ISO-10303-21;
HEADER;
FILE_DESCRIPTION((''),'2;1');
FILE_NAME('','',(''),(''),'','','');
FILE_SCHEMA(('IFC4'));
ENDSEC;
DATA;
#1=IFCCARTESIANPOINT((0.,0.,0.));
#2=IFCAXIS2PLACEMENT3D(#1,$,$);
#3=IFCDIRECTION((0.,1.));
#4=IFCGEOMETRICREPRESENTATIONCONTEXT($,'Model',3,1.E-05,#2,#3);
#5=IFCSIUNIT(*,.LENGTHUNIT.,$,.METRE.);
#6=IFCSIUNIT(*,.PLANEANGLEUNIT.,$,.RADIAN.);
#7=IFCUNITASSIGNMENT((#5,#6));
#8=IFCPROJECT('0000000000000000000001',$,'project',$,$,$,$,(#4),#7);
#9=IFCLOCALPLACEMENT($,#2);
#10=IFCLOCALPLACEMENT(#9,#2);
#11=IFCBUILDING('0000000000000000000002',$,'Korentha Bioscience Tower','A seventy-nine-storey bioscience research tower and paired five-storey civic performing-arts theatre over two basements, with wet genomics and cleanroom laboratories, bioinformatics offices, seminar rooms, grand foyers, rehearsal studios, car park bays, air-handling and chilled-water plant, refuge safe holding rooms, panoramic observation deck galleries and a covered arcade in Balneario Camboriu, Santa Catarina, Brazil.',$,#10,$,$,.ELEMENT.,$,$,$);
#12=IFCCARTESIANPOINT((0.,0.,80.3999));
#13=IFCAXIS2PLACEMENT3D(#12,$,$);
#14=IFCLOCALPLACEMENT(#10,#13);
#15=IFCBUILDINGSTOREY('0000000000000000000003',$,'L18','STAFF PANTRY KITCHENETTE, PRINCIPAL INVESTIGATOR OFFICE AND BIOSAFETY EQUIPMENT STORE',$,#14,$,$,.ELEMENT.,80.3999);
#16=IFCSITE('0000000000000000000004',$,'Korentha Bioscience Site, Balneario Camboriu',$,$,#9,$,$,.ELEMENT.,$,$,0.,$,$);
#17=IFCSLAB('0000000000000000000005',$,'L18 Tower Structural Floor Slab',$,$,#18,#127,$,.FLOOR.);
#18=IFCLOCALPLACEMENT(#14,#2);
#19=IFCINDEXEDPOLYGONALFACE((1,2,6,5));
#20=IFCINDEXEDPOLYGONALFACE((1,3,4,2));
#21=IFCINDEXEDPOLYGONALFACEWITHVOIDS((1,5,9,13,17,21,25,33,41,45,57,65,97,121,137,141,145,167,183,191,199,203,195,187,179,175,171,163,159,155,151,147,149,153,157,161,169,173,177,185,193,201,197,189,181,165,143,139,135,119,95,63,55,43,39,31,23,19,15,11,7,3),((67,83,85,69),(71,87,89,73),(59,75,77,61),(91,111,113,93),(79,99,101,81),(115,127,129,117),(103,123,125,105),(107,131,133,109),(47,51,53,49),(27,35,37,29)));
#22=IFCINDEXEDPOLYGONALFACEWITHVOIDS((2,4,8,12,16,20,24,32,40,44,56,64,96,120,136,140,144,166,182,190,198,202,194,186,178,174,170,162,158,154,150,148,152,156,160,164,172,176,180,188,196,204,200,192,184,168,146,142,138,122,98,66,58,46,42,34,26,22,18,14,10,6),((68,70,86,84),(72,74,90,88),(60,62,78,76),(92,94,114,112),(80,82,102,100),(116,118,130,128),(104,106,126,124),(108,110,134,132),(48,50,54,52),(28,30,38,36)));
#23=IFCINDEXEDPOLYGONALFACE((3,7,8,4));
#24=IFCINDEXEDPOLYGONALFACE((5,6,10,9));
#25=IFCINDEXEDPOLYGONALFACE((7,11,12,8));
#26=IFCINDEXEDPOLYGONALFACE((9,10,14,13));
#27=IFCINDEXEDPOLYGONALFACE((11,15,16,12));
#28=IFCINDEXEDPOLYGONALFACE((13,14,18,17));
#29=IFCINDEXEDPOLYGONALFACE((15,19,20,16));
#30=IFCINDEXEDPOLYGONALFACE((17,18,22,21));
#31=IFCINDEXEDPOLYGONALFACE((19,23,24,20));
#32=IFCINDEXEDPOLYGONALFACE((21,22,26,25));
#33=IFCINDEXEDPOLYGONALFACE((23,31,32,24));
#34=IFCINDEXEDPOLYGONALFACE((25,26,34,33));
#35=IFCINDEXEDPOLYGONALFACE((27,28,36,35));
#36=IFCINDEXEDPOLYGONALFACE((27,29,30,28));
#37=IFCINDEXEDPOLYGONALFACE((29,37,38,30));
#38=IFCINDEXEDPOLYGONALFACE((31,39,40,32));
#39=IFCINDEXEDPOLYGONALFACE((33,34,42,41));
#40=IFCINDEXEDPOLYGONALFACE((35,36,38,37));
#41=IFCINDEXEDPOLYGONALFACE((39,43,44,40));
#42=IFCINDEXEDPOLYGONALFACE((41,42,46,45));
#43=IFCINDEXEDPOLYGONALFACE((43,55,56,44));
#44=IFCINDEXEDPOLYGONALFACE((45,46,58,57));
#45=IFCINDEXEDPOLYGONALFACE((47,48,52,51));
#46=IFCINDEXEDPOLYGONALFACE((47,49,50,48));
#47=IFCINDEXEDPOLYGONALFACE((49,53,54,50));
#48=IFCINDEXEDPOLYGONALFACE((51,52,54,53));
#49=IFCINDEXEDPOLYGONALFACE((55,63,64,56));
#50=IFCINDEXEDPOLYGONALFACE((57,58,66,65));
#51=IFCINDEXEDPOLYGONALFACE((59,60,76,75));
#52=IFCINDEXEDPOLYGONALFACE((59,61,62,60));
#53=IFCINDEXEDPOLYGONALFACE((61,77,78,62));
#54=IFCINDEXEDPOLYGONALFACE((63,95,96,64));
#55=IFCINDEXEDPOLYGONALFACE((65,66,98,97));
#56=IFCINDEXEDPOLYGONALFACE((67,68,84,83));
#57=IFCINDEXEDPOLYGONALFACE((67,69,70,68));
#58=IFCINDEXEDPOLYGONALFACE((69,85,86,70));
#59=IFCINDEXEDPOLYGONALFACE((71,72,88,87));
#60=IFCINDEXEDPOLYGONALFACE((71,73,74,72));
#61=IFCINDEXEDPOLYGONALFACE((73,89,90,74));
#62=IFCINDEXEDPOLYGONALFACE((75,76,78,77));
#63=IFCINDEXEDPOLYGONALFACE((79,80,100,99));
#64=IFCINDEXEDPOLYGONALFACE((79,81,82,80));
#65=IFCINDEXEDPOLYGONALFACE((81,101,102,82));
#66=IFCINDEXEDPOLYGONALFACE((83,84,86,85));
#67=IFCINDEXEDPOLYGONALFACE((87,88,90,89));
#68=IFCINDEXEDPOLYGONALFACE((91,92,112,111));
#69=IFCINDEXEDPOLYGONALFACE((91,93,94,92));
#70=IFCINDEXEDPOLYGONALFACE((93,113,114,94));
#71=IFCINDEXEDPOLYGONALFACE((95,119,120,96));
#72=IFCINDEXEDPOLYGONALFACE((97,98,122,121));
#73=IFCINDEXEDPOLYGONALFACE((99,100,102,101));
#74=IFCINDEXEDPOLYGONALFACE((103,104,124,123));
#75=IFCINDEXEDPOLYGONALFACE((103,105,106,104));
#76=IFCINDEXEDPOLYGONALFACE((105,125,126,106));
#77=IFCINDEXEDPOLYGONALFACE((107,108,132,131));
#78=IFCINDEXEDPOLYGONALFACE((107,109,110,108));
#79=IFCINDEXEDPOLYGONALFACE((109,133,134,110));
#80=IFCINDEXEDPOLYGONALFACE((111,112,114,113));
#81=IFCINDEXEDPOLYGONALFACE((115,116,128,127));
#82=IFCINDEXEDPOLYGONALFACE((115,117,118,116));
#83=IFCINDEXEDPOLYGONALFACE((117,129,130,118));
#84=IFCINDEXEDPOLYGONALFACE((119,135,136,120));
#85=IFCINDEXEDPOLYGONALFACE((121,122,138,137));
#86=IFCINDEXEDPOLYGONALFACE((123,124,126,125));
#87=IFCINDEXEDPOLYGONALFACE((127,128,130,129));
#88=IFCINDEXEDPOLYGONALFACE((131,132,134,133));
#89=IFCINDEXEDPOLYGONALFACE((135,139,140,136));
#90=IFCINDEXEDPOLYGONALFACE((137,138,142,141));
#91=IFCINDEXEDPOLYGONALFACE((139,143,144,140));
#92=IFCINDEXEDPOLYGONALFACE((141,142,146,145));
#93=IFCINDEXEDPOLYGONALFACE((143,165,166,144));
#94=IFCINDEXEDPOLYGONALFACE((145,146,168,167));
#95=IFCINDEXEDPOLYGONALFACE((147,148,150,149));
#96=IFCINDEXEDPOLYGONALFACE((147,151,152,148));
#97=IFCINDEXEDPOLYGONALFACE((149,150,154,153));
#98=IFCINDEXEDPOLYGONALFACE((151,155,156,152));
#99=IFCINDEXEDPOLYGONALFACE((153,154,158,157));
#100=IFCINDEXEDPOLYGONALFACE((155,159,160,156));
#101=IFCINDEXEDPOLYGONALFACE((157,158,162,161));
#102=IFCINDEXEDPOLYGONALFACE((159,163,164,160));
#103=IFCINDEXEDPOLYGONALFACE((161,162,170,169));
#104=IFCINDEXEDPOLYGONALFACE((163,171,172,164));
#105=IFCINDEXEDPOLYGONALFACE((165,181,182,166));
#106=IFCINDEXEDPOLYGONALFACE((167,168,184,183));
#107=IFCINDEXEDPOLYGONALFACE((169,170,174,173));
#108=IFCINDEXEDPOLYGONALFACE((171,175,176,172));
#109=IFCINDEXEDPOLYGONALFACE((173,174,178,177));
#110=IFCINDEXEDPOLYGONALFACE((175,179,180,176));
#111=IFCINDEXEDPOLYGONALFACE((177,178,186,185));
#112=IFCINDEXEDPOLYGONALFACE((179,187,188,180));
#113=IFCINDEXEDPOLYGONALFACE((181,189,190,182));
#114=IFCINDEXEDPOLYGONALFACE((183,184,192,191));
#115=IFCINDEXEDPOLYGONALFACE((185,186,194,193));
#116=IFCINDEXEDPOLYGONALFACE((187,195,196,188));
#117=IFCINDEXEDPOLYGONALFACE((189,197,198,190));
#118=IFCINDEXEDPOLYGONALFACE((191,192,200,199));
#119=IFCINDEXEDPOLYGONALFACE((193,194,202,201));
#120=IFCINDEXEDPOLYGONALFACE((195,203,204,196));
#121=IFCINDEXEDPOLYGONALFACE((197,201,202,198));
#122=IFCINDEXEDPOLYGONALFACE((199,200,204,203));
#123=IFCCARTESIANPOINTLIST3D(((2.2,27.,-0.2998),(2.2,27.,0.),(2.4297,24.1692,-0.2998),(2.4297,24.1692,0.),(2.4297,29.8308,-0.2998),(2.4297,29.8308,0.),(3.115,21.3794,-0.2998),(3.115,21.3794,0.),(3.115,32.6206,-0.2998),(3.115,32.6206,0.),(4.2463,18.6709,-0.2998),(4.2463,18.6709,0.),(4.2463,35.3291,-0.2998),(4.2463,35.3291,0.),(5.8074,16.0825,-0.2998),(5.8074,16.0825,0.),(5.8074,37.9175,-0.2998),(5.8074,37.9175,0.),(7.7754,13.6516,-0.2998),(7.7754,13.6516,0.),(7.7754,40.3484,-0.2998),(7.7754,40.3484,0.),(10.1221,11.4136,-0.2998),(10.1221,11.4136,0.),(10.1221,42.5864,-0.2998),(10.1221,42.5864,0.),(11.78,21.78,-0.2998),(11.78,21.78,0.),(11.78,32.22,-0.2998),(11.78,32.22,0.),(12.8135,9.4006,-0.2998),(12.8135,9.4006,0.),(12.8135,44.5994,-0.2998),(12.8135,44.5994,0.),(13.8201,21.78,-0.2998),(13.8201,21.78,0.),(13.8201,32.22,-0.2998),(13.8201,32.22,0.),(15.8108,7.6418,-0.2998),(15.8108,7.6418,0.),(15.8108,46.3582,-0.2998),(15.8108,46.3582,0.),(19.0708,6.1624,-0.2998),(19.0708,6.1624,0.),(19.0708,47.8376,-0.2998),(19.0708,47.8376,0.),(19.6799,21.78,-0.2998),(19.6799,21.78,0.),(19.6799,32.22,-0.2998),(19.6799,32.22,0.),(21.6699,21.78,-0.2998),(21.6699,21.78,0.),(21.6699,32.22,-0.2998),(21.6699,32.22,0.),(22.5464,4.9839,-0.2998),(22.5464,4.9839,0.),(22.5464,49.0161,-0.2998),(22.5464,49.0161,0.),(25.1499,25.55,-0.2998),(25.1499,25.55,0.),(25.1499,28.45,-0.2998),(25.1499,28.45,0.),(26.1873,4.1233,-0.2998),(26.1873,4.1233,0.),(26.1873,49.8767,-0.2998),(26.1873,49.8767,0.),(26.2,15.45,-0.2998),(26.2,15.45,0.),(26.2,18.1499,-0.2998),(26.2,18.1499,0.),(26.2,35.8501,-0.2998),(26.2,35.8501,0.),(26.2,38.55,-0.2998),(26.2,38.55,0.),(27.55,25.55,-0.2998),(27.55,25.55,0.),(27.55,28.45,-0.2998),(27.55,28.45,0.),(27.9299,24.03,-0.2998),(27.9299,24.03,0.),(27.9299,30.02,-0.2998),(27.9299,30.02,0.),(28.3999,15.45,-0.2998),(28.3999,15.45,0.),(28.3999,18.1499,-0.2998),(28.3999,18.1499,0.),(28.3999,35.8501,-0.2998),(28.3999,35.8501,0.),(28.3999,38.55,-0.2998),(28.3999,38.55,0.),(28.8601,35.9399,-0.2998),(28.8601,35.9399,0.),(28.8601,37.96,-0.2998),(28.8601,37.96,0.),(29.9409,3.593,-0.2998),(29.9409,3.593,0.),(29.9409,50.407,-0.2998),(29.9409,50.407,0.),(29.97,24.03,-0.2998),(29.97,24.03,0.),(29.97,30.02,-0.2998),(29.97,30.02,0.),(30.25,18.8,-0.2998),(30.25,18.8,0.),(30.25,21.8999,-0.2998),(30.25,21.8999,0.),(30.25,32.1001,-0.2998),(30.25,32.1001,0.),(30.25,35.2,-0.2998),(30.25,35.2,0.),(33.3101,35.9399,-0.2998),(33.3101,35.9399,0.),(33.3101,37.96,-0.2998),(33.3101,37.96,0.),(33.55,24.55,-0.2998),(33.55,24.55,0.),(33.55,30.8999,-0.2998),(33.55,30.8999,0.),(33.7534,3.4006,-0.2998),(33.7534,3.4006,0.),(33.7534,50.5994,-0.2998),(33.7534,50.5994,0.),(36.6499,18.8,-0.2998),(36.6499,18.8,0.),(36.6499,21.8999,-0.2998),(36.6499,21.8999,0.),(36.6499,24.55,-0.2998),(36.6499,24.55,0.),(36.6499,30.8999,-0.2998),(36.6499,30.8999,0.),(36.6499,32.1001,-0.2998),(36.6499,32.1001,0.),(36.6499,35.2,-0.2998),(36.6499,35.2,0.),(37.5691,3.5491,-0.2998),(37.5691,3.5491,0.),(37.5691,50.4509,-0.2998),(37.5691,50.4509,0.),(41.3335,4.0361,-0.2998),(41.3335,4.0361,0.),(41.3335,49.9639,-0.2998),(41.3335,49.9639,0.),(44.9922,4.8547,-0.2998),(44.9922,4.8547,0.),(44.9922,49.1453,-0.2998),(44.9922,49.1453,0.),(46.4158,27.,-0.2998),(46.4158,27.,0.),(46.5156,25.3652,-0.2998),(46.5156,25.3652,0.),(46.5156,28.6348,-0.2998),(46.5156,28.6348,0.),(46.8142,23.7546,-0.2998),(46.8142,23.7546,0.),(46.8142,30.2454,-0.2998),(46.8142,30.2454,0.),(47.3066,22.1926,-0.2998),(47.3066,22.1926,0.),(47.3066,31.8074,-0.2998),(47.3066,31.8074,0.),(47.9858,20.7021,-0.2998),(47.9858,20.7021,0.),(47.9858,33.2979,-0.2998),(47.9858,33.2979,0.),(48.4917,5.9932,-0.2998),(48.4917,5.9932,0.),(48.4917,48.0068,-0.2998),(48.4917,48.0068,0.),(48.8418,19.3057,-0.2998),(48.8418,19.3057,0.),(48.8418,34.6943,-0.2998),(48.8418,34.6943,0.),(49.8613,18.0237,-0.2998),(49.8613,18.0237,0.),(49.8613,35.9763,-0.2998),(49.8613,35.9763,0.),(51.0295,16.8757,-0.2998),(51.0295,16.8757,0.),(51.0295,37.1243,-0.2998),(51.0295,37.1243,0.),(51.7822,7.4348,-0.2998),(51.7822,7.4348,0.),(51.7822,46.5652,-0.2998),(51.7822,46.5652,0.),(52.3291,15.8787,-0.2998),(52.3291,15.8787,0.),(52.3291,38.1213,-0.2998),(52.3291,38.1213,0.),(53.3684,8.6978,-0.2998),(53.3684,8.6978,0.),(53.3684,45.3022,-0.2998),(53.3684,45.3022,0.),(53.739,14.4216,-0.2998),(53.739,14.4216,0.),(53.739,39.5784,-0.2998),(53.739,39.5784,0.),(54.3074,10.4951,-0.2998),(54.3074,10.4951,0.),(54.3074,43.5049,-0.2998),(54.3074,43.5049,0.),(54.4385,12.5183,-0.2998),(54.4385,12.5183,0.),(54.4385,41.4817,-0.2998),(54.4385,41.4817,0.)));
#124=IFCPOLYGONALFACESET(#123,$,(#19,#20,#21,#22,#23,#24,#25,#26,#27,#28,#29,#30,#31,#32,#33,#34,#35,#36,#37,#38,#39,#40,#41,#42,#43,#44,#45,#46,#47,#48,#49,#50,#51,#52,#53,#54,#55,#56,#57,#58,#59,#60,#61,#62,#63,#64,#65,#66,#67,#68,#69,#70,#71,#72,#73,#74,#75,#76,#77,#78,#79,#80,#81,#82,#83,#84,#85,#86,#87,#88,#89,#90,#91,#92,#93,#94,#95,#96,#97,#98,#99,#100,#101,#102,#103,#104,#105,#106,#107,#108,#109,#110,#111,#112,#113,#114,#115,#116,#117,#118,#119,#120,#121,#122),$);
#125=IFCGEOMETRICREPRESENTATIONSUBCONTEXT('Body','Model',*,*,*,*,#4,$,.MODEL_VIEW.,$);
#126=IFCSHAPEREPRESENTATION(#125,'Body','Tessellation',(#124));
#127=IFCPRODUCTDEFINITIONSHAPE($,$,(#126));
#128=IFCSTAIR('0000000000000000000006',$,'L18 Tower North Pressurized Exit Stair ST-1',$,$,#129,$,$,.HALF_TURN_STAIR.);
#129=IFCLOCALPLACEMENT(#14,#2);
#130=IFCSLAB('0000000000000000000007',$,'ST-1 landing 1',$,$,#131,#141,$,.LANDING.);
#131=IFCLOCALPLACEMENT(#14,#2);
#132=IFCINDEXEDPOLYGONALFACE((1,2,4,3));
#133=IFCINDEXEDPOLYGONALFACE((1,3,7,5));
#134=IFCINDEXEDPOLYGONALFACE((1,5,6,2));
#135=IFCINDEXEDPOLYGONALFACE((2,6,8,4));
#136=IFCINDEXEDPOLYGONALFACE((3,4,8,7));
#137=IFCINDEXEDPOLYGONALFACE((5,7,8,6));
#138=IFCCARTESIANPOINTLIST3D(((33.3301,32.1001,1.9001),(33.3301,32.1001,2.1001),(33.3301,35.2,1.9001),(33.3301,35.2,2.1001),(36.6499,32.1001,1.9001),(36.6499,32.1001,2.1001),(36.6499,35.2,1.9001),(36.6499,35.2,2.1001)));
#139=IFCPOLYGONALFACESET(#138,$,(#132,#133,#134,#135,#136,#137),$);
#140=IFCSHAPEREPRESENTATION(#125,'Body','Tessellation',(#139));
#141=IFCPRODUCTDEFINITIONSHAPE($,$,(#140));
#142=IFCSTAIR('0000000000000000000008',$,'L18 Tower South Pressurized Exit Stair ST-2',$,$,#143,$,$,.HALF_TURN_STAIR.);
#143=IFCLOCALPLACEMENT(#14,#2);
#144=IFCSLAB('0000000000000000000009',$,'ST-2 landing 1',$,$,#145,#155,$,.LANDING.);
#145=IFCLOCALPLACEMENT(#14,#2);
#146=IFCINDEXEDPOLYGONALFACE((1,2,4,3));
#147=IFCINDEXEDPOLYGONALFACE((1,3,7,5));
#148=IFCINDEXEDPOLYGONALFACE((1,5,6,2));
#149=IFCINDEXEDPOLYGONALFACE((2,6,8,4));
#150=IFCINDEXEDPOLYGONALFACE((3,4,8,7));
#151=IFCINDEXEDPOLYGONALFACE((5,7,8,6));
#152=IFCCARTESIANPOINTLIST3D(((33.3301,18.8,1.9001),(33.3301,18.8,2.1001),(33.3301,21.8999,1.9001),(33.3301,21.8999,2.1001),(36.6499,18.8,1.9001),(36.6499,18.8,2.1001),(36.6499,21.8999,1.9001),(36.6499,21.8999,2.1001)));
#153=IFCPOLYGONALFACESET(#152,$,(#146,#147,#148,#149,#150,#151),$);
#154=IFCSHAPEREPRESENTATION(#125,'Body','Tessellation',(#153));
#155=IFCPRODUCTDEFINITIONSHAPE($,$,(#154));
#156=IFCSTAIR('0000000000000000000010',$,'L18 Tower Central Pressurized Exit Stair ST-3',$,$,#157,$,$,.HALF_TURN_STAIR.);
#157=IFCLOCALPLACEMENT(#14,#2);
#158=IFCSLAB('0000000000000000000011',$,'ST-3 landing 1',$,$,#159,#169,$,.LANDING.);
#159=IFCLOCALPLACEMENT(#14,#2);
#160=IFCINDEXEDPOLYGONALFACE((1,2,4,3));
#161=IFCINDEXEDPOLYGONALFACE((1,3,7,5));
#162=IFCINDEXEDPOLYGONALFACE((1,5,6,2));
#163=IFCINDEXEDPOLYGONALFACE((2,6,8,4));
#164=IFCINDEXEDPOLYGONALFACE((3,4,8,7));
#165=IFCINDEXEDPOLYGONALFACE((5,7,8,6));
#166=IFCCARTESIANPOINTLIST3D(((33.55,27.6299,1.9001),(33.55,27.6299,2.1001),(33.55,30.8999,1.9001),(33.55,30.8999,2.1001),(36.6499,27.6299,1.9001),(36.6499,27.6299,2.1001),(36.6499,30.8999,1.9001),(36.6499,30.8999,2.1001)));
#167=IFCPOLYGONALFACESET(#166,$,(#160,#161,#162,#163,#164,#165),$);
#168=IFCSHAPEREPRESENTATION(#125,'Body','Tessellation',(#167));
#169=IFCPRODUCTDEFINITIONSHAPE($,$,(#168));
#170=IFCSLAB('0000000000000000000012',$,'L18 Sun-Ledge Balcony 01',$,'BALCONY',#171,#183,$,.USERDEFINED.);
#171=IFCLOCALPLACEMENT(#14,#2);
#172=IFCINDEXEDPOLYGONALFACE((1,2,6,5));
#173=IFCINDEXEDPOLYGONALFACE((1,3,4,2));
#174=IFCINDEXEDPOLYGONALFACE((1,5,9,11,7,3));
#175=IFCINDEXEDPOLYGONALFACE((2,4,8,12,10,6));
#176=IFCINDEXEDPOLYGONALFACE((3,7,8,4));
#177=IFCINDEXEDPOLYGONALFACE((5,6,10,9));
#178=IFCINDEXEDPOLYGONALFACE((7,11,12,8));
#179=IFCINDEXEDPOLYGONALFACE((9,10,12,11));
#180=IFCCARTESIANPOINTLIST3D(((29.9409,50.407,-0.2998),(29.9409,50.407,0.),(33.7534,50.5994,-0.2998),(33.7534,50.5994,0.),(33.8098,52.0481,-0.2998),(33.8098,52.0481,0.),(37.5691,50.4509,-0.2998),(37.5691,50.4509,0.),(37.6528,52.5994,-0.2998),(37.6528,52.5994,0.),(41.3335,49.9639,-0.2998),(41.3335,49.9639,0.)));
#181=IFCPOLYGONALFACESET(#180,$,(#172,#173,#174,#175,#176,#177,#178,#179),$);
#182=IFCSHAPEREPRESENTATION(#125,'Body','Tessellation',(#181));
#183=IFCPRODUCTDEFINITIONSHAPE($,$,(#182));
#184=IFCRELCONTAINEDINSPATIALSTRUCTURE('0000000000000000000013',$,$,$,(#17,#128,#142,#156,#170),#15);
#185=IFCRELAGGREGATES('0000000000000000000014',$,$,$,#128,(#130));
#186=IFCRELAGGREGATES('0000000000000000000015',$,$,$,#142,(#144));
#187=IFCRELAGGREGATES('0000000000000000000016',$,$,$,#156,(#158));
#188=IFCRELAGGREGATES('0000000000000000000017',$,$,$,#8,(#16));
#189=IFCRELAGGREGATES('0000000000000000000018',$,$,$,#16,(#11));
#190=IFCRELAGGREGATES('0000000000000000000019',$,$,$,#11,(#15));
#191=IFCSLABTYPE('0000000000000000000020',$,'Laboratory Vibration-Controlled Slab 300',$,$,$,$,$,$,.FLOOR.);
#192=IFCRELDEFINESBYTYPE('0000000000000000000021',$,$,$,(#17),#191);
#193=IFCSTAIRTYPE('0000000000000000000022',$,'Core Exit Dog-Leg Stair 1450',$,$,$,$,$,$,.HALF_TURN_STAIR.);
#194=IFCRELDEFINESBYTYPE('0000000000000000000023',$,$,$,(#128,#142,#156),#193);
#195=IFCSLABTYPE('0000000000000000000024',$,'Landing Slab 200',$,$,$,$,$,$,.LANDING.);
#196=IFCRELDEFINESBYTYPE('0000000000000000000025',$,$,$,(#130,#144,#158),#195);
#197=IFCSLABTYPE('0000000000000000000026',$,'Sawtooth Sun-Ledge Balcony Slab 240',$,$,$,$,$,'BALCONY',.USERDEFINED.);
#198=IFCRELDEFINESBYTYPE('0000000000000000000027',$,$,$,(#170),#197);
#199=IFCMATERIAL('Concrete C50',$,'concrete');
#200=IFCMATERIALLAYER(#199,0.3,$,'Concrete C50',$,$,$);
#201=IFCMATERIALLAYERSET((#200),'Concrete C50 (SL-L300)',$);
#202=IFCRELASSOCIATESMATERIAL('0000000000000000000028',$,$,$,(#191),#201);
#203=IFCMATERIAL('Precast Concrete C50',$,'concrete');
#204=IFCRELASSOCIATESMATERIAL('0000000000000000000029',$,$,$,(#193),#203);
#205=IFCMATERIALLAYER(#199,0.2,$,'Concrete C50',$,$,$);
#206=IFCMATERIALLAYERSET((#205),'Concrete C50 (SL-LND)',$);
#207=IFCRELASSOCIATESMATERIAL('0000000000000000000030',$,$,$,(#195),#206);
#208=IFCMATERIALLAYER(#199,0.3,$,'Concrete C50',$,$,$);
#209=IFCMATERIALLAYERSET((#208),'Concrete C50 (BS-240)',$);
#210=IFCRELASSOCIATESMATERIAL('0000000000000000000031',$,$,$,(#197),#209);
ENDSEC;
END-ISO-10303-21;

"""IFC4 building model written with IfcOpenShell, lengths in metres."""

from ifc_helpers import new_model, si_unit, direction, frame, origin, place, context, subcontext, project, spatial, polyline, outline, extrude, material, layer, layer_set, type_object, element, aggregate, save


model = new_model("IFC4")

# Units and contexts
model_context = context("Model", 3, precision=1e-05, world=origin(), true_north=direction((0.0, 1.0)))
body_context = subcontext(model_context, "Body", "Model", "MODEL_VIEW")
ifc_project = project(units=[si_unit("LENGTHUNIT", "METRE"), si_unit("PLANEANGLEUNIT", "RADIAN")], contexts=[model_context])

# Site, building, storey
site_placement = place(None, origin())
site = spatial("IfcSite", under=ifc_project, at=site_placement, Name="Korentha Bioscience Site, Balneario Camboriu", CompositionType="ELEMENT", RefElevation=0.0)
building_placement = place(site_placement, origin())
building = spatial("IfcBuilding", under=site, at=building_placement, Name="Korentha Bioscience Tower", Description="A seventy-nine-storey bioscience research tower and paired five-storey civic performing-arts theatre over two basements, with wet genomics and cleanroom laboratories, bioinformatics offices, seminar rooms, grand foyers, rehearsal studios, car park bays, air-handling and chilled-water plant, refuge safe holding rooms, panoramic observation deck galleries and a covered arcade in Balneario Camboriu, Santa Catarina, Brazil.", CompositionType="ELEMENT")
storey_placement = place(building_placement, frame((0.0, 0.0, 80.3999)))
storey = spatial("IfcBuildingStorey", under=building, at=storey_placement, Name="L18", Description="STAFF PANTRY KITCHENETTE, PRINCIPAL INVESTIGATOR OFFICE AND BIOSAFETY EQUIPMENT STORE", CompositionType="ELEMENT", Elevation=80.3999)

# Slab
ifc_material_1 = material(Name="Concrete C50", Category="concrete")
ifc_layer_1 = layer(ifc_material_1, 0.3, Name="Concrete C50")
ifc_layer_set_1 = layer_set([ifc_layer_1], Name="Concrete C50 (SL-L300)")
slab_type_1 = type_object("IfcSlabType", Name="Laboratory Vibration-Controlled Slab 300", PredefinedType="FLOOR", material=ifc_layer_set_1)
slab_1_placement = place(storey_placement, frame((0.0, 0.0, -0.2998)))
element("IfcSlab", 1, at=slab_1_placement, inside=storey, type_object=slab_type_1, Name="L18 Tower Structural Floor Slab", PredefinedType="FLOOR", context=body_context, shape_type="SweptSolid", body=[
    extrude(outline(polyline([(51.7822, 46.5652), (48.4917, 48.0068), (44.9922, 49.1453), (41.3335, 49.9639), (37.5691, 50.4509), (33.7534, 50.5994), (29.9409, 50.407), (26.1873, 49.8767), (22.5464, 49.0161), (19.0708, 47.8376), (15.8108, 46.3582), (12.8135, 44.5994), (10.1221, 42.5864), (7.7754, 40.3484), (5.8074, 37.9175), (4.2463, 35.3291), (3.115, 32.6206), (2.4297, 29.8308), (2.2, 27.0), (2.4297, 24.1692), (3.115, 21.3794), (4.2463, 18.6709), (5.8074, 16.0825), (7.7754, 13.6516), (10.1221, 11.4136), (12.8135, 9.4006), (15.8108, 7.6418), (19.0708, 6.1624), (22.5464, 4.9839), (26.1873, 4.1233), (29.9409, 3.593), (33.7534, 3.4006), (37.5691, 3.5491), (41.3335, 4.0361), (44.9922, 4.8547), (48.4917, 5.9932), (51.7822, 7.4348), (53.3684, 8.6978), (54.3074, 10.4951), (54.4385, 12.5183), (53.739, 14.4216), (52.3291, 15.8787), (51.0295, 16.8757), (49.8613, 18.0237), (48.8418, 19.3057), (47.9858, 20.7021), (47.3066, 22.1926), (46.8142, 23.7546), (46.5156, 25.3652), (46.4158, 27.0), (46.5156, 28.6348), (46.8142, 30.2454), (47.3066, 31.8074), (47.9858, 33.2979), (48.8418, 34.6943), (49.8613, 35.9763), (51.0295, 37.1243), (52.3291, 38.1213), (53.739, 39.5784), (54.4385, 41.4817), (54.3074, 43.5049), (53.3684, 45.3022), (51.7822, 46.5652)]), holes=[polyline([(30.25, 32.1001), (36.6499, 32.1001), (36.6499, 35.2), (30.25, 35.2), (30.25, 32.1001)]), polyline([(30.25, 18.8), (36.6499, 18.8), (36.6499, 21.8999), (30.25, 21.8999), (30.25, 18.8)]), polyline([(36.6499, 24.55), (36.6499, 30.8999), (33.55, 30.8999), (33.55, 24.55), (36.6499, 24.55)]), polyline([(11.78, 21.78), (13.8201, 21.78), (13.8201, 32.22), (11.78, 32.22), (11.78, 21.78)]), polyline([(19.6799, 21.78), (21.6699, 21.78), (21.6699, 32.22), (19.6799, 32.22), (19.6799, 21.78)]), polyline([(27.9299, 24.03), (29.97, 24.03), (29.97, 30.02), (27.9299, 30.02), (27.9299, 24.03)]), polyline([(28.8601, 35.9399), (33.3101, 35.9399), (33.3101, 37.96), (28.8601, 37.96), (28.8601, 35.9399)]), polyline([(26.2, 15.45), (28.3999, 15.45), (28.3999, 18.1499), (26.2, 18.1499), (26.2, 15.45)]), polyline([(26.2, 35.8501), (28.3999, 35.8501), (28.3999, 38.55), (26.2, 38.55), (26.2, 35.8501)]), polyline([(25.1499, 25.55), (27.55, 25.55), (27.55, 28.45), (25.1499, 28.45), (25.1499, 25.55)])]), origin(), (0.0, 0.0, 1.0), 0.2998),
])

# Stairs, slabs
ifc_material_2 = material(Name="Precast Concrete C50", Category="concrete")
stair_type = type_object("IfcStairType", Name="Core Exit Dog-Leg Stair 1450", PredefinedType="HALF_TURN_STAIR", material=ifc_material_2)
stair_1_placement = place(storey_placement, origin())
stair_1 = element("IfcStair", 2, at=stair_1_placement, inside=storey, type_object=stair_type, Name="L18 Tower North Pressurized Exit Stair ST-1", PredefinedType="HALF_TURN_STAIR")
ifc_layer_2 = layer(ifc_material_1, 0.2, Name="Concrete C50")
ifc_layer_set_2 = layer_set([ifc_layer_2], Name="Concrete C50 (SL-LND)")
slab_type_2 = type_object("IfcSlabType", Name="Landing Slab 200", PredefinedType="LANDING", material=ifc_layer_set_2)
slab_2_placement = place(storey_placement, frame((0.0, 0.0, 1.9001)))
slab_2 = element("IfcSlab", 3, at=slab_2_placement, type_object=slab_type_2, Name="ST-1 landing 1", PredefinedType="LANDING", context=body_context, shape_type="SweptSolid", body=[
    extrude(outline(polyline([(33.3301, 32.1001), (36.6499, 32.1001), (36.6499, 35.2), (33.3301, 35.2), (33.3301, 32.1001)])), origin(), (0.0, 0.0, 1.0), 0.2),
])
aggregate(stair_1, [slab_2])
stair_2_placement = place(storey_placement, origin())
stair_2 = element("IfcStair", 4, at=stair_2_placement, inside=storey, type_object=stair_type, Name="L18 Tower South Pressurized Exit Stair ST-2", PredefinedType="HALF_TURN_STAIR")
slab_3_placement = place(storey_placement, frame((0.0, 0.0, 1.9001)))
slab_3 = element("IfcSlab", 5, at=slab_3_placement, type_object=slab_type_2, Name="ST-2 landing 1", PredefinedType="LANDING", context=body_context, shape_type="SweptSolid", body=[
    extrude(outline(polyline([(33.3301, 18.8), (36.6499, 18.8), (36.6499, 21.8999), (33.3301, 21.8999), (33.3301, 18.8)])), origin(), (0.0, 0.0, 1.0), 0.2),
])
aggregate(stair_2, [slab_3])
stair_3_placement = place(storey_placement, origin())
stair_3 = element("IfcStair", 6, at=stair_3_placement, inside=storey, type_object=stair_type, Name="L18 Tower Central Pressurized Exit Stair ST-3", PredefinedType="HALF_TURN_STAIR")
slab_4_placement = place(storey_placement, frame((0.0, 0.0, 1.9001)))
slab_4 = element("IfcSlab", 7, at=slab_4_placement, type_object=slab_type_2, Name="ST-3 landing 1", PredefinedType="LANDING", context=body_context, shape_type="SweptSolid", body=[
    extrude(outline(polyline([(36.6499, 27.6299), (36.6499, 30.8999), (33.55, 30.8999), (33.55, 27.6299), (36.6499, 27.6299)])), origin(), (0.0, 0.0, 1.0), 0.2),
])
aggregate(stair_3, [slab_4])

# Slab
ifc_layer_3 = layer(ifc_material_1, 0.3, Name="Concrete C50")
ifc_layer_set_3 = layer_set([ifc_layer_3], Name="Concrete C50 (BS-240)")
slab_type_3 = type_object("IfcSlabType", Name="Sawtooth Sun-Ledge Balcony Slab 240", ElementType="BALCONY", PredefinedType="USERDEFINED", material=ifc_layer_set_3)
slab_5_placement = place(storey_placement, frame((0.0, 0.0, -0.2998)))
element("IfcSlab", 8, at=slab_5_placement, inside=storey, type_object=slab_type_3, Name="L18 Sun-Ledge Balcony 01", ObjectType="BALCONY", PredefinedType="USERDEFINED", context=body_context, shape_type="SweptSolid", body=[
    extrude(outline(polyline([(29.9409, 50.407), (33.7534, 50.5994), (37.5691, 50.4509), (41.3335, 49.9639), (37.6528, 52.5994), (33.8098, 52.0481), (29.9409, 50.407)])), origin(), (0.0, 0.0, 1.0), 0.2998),
])

save(model, "model.ifc")
